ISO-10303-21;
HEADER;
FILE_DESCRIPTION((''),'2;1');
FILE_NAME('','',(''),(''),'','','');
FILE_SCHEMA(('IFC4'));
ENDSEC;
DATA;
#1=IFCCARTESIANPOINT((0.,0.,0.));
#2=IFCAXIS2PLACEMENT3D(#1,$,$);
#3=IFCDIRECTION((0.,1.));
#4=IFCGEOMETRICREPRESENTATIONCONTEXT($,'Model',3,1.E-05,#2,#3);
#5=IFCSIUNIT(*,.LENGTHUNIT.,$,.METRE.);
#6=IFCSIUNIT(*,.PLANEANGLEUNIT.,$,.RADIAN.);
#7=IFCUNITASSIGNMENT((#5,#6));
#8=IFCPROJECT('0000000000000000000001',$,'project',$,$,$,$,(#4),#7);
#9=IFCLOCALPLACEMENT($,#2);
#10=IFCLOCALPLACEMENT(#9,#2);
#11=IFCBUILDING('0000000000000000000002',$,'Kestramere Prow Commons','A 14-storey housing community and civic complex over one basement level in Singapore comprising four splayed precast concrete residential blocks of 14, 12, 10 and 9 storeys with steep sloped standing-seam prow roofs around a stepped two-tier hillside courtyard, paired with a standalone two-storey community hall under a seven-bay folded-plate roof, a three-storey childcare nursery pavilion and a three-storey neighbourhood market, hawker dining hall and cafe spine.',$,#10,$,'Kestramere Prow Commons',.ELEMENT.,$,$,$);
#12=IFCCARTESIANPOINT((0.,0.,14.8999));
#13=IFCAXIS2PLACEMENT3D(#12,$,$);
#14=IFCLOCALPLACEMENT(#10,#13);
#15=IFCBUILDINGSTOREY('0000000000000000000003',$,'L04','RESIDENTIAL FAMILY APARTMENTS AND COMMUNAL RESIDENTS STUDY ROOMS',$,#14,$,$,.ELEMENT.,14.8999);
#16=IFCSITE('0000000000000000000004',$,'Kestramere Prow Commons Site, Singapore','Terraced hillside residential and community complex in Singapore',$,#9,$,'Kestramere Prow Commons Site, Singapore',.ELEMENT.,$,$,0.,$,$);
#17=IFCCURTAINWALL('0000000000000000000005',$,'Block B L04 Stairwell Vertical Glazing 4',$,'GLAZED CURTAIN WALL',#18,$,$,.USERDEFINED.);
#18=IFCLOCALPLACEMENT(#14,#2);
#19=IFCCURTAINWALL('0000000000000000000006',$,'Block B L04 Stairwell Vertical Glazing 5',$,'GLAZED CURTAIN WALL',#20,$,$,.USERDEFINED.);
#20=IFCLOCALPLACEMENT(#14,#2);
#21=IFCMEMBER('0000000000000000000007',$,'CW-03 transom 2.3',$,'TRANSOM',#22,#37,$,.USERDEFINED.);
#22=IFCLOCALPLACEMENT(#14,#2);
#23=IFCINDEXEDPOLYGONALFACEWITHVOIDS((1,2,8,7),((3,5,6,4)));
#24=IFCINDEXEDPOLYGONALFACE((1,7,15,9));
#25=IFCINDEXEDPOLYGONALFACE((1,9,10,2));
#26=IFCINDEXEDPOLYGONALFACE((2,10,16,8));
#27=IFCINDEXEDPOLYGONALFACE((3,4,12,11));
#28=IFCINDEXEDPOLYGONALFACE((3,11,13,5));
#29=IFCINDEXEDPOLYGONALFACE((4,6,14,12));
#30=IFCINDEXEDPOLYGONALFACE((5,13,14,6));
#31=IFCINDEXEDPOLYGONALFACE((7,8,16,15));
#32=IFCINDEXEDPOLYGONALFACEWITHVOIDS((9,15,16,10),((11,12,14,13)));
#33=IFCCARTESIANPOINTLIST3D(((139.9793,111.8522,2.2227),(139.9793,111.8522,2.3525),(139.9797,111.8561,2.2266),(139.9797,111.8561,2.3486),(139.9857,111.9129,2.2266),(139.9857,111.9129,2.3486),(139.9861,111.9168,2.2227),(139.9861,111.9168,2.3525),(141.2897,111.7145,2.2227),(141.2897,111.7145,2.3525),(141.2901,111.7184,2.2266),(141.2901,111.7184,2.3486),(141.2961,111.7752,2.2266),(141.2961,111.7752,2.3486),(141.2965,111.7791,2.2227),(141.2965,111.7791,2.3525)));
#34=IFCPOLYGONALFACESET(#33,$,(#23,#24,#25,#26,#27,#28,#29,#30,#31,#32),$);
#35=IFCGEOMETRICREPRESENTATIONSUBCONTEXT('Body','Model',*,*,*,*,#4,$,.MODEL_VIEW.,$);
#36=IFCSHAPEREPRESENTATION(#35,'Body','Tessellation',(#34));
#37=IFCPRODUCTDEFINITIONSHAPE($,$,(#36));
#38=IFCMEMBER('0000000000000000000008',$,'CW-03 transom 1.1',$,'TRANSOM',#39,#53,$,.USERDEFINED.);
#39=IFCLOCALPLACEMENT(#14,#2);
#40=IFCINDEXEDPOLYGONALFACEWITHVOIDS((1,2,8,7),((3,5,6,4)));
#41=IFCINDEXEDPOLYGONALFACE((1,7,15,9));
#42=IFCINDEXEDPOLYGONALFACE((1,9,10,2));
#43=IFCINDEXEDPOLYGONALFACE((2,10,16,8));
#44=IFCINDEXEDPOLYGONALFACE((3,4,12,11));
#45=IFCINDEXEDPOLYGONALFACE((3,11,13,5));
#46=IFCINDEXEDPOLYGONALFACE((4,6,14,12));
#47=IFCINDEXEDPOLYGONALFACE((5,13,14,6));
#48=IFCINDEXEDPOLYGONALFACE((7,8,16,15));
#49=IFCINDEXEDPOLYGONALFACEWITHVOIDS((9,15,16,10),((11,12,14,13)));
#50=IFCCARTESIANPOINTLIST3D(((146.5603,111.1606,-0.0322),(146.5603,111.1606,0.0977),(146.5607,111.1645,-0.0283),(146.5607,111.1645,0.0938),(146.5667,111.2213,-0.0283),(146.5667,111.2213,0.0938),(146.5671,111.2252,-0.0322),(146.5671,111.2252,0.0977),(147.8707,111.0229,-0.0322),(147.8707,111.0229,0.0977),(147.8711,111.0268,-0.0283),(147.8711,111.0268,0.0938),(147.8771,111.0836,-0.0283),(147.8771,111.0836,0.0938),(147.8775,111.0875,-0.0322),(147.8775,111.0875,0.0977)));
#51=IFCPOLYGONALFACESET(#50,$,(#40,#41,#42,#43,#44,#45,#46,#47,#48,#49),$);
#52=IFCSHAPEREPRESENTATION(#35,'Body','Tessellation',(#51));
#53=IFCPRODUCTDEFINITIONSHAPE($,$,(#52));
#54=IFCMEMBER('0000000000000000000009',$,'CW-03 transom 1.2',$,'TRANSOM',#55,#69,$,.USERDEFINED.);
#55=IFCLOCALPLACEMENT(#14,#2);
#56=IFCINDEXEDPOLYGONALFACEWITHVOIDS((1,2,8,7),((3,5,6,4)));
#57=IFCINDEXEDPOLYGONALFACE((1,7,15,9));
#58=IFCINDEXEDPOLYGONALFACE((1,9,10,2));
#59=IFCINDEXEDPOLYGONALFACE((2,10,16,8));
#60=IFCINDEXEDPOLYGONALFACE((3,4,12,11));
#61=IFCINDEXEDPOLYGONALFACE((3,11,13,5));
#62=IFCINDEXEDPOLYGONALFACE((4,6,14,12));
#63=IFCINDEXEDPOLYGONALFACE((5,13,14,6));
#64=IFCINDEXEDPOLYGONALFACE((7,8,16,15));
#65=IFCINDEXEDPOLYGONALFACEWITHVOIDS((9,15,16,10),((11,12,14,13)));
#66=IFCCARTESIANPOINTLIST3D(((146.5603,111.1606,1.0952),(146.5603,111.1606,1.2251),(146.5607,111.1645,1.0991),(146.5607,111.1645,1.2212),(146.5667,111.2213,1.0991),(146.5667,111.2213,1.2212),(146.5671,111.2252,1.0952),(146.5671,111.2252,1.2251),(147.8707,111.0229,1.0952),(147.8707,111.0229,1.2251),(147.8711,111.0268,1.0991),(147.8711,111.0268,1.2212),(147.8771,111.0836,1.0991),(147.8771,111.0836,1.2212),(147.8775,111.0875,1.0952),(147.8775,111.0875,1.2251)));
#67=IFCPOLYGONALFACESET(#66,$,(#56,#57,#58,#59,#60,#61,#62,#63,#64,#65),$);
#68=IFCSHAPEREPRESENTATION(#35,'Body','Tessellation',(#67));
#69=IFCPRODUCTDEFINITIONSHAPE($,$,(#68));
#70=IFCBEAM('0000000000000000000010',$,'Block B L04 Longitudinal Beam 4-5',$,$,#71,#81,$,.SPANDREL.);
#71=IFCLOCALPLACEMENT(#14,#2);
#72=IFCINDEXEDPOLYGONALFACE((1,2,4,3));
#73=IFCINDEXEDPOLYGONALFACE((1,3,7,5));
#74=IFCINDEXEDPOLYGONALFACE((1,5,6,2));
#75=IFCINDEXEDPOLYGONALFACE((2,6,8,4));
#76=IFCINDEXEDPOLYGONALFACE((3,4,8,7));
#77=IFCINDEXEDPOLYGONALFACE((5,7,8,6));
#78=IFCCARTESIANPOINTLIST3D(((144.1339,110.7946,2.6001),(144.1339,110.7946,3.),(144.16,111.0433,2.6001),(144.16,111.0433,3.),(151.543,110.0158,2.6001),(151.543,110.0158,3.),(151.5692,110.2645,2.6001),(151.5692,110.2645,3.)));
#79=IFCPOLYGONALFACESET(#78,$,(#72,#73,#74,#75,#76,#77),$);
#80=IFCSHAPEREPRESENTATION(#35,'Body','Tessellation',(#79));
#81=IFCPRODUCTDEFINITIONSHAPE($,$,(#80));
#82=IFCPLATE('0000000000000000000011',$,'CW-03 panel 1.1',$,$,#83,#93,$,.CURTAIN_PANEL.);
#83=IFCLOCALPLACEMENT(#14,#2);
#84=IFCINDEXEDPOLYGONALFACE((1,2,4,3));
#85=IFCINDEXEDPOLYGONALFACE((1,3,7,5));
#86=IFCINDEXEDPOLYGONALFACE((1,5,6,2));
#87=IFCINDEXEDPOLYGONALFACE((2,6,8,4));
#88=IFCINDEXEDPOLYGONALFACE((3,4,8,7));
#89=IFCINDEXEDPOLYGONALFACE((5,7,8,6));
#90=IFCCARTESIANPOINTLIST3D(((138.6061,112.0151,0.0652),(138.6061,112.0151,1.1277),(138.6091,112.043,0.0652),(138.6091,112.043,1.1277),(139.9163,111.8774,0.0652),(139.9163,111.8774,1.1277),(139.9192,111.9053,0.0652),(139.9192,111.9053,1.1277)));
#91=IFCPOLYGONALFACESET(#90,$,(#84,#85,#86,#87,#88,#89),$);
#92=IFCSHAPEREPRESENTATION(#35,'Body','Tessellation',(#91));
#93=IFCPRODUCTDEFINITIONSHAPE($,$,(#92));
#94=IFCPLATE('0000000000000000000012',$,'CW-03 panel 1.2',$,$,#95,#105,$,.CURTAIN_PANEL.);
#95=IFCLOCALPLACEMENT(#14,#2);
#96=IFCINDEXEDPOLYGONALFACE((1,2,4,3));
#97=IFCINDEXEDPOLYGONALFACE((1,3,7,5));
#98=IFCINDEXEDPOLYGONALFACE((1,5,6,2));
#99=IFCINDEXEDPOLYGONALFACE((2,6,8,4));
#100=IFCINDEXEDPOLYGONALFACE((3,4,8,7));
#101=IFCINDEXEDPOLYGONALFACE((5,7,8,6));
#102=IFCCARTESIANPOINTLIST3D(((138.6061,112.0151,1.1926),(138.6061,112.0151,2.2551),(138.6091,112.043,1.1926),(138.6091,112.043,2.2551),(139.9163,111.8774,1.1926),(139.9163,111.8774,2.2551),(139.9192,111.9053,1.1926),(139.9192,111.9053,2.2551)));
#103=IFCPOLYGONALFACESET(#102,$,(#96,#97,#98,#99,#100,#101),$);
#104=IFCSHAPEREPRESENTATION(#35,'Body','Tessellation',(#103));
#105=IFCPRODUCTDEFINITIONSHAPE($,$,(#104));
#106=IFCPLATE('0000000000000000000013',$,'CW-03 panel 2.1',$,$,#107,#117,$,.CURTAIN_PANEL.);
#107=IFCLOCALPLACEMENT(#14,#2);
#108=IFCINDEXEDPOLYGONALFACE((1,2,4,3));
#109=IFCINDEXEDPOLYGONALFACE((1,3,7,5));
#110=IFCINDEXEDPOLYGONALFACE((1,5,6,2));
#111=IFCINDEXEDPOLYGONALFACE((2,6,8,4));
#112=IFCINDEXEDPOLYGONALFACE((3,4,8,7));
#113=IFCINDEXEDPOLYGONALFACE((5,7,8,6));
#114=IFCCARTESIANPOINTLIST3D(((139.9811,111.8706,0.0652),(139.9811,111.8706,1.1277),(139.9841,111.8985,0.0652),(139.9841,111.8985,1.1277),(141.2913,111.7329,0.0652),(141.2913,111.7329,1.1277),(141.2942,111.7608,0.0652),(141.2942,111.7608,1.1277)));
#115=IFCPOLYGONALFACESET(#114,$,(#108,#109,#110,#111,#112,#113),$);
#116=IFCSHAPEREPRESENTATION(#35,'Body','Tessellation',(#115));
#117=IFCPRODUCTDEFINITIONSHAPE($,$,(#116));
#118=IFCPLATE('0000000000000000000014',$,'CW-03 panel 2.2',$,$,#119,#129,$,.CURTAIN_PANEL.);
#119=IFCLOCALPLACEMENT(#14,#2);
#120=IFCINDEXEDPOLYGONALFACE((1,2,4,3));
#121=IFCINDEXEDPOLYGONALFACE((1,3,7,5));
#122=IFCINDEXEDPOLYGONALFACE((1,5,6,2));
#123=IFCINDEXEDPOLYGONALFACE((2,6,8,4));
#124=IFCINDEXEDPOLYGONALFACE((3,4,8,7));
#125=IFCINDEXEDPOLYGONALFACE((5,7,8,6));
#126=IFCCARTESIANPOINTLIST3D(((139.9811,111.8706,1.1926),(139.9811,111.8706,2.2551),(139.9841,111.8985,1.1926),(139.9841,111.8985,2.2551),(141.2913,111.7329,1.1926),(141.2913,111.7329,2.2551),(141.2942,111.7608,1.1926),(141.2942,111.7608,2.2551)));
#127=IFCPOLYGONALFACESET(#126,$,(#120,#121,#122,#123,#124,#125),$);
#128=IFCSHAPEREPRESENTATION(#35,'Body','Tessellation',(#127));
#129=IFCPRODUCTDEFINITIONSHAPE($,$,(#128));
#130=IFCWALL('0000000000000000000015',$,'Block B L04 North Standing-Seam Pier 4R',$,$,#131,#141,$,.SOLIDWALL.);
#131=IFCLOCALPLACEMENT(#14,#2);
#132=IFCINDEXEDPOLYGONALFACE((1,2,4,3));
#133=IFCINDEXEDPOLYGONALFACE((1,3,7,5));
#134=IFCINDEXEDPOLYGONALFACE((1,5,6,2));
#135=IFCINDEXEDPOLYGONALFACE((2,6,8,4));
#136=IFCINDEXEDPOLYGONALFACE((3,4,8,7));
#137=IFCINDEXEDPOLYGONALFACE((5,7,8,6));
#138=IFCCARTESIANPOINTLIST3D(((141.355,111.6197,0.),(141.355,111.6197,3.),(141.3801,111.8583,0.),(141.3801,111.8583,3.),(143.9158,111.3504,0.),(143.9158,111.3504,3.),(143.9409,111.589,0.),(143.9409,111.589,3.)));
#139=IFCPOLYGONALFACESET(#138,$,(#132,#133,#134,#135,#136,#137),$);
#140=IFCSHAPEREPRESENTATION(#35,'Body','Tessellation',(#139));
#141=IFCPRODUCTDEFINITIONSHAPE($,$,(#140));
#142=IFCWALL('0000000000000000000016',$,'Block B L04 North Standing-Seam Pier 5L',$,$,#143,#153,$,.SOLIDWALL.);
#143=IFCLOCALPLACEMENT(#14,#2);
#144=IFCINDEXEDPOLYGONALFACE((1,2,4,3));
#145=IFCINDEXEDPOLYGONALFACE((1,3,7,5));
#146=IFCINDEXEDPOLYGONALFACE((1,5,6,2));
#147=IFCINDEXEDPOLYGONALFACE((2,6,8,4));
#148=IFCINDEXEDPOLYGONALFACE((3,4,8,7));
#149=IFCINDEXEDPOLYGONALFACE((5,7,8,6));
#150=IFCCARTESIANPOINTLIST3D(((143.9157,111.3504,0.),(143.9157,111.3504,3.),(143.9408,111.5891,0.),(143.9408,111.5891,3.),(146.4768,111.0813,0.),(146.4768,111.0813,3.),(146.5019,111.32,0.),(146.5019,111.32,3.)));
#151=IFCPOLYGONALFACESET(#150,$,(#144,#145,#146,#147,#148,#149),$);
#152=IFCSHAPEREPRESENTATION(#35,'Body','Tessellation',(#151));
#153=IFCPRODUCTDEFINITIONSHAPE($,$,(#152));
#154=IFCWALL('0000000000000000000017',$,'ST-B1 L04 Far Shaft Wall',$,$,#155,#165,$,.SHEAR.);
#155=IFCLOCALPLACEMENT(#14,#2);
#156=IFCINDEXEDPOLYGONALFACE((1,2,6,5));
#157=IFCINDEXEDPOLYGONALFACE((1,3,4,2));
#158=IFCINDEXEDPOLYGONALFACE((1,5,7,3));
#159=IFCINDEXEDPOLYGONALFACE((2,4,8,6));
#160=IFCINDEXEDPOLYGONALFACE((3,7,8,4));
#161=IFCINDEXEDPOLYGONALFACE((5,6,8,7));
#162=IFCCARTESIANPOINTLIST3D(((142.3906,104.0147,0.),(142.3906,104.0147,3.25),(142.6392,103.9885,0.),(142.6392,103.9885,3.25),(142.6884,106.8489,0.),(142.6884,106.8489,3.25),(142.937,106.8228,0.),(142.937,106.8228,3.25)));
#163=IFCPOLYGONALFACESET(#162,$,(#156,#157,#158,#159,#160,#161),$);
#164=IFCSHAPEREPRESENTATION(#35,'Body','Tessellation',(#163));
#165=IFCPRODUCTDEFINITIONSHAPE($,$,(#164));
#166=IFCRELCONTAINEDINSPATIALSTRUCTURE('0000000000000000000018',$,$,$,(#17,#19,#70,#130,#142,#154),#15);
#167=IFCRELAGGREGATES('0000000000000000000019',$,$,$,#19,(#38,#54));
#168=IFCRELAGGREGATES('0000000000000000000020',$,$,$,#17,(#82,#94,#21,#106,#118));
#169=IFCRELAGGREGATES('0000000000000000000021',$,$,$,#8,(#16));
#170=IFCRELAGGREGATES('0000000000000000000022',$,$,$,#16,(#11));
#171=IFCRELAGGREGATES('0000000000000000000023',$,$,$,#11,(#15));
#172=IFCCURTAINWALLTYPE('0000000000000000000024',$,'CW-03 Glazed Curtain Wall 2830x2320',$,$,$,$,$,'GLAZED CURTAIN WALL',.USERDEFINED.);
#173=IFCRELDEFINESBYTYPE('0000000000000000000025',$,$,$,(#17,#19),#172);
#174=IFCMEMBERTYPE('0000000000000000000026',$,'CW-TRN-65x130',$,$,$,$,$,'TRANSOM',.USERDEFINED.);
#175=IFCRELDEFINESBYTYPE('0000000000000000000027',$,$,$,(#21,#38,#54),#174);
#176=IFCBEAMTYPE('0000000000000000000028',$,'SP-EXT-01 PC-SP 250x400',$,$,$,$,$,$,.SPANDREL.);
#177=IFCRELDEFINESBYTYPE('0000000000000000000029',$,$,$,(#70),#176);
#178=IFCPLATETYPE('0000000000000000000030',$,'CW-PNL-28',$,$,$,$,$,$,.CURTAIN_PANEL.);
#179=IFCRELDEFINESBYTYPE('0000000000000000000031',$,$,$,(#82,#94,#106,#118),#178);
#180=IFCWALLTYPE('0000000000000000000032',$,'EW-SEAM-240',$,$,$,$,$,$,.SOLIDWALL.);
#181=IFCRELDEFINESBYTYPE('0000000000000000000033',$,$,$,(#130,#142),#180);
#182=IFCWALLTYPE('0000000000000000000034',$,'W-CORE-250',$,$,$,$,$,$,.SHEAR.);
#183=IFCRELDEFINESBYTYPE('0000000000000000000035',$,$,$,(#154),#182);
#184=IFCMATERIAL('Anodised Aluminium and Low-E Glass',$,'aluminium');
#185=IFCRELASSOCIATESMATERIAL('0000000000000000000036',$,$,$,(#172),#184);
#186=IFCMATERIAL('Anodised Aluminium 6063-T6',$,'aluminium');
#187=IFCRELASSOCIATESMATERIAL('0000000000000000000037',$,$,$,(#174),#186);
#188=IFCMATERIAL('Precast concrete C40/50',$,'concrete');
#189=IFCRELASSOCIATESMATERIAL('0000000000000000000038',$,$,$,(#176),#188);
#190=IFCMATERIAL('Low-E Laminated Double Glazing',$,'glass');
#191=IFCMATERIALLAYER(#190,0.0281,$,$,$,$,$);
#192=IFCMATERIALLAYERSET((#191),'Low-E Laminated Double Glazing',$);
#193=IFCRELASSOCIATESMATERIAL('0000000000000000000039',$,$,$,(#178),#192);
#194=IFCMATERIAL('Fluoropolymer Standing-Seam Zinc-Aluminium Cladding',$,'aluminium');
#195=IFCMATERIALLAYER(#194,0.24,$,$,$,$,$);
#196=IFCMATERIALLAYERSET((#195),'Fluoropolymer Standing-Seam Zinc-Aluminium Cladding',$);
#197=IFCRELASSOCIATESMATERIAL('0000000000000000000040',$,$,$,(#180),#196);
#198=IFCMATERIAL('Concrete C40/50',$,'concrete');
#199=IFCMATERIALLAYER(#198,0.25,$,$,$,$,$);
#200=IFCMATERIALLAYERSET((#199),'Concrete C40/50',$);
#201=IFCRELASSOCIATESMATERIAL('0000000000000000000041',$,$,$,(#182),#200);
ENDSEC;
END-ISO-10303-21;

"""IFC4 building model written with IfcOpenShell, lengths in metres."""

from ifc_helpers import new_model, si_unit, direction, frame, frame_2d, origin, origin_2d, place, context, subcontext, project, spatial, rectangle, hollow_rectangle, extrude, material, layer, layer_set, material_profile, profile_set, type_object, element, aggregate, save


model = new_model("IFC4")

# Units and contexts
model_context = context("Model", 3, precision=1e-05, world=origin(), true_north=direction((0.0, 1.0)))
body_context = subcontext(model_context, "Body", "Model", "MODEL_VIEW")
ifc_project = project(units=[si_unit("LENGTHUNIT", "METRE"), si_unit("PLANEANGLEUNIT", "RADIAN")], contexts=[model_context])

# Site, building, storey
site_placement = place(None, origin())
site = spatial("IfcSite", under=ifc_project, at=site_placement, Name="Kestramere Prow Commons Site, Singapore", Description="Terraced hillside residential and community complex in Singapore", LongName="Kestramere Prow Commons Site, Singapore", CompositionType="ELEMENT", RefElevation=0.0)
building_placement = place(site_placement, origin())
building = spatial("IfcBuilding", under=site, at=building_placement, Name="Kestramere Prow Commons", Description="A 14-storey housing community and civic complex over one basement level in Singapore comprising four splayed precast concrete residential blocks of 14, 12, 10 and 9 storeys with steep sloped standing-seam prow roofs around a stepped two-tier hillside courtyard, paired with a standalone two-storey community hall under a seven-bay folded-plate roof, a three-storey childcare nursery pavilion and a three-storey neighbourhood market, hawker dining hall and cafe spine.", LongName="Kestramere Prow Commons", CompositionType="ELEMENT")
storey_placement = place(building_placement, frame((0.0, 0.0, 14.8999)))
storey = spatial("IfcBuildingStorey", under=building, at=storey_placement, Name="L04", Description="RESIDENTIAL FAMILY APARTMENTS AND COMMUNAL RESIDENTS STUDY ROOMS", CompositionType="ELEMENT", Elevation=14.8999)

# Shared definitions
ifc_material_1 = material(Name="Precast concrete C40/50", Category="concrete")

# Shared definitions
ifc_material_2 = material(Name="Concrete C40/50", Category="concrete")

# Curtain wall
ifc_material_3 = material(Name="Anodised Aluminium and Low-E Glass", Category="aluminium")
curtain_wall_type = type_object("IfcCurtainWallType", Name="CW-03 Glazed Curtain Wall 2830x2320", ElementType="GLAZED CURTAIN WALL", PredefinedType="USERDEFINED", material=ifc_material_3)
curtain_wall_1_placement = place(storey_placement, origin())
curtain_wall_1 = element("IfcCurtainWall", 1, at=curtain_wall_1_placement, inside=storey, type_object=curtain_wall_type, Name="Block B L04 Stairwell Vertical Glazing 4", ObjectType="GLAZED CURTAIN WALL", PredefinedType="USERDEFINED")
ifc_material_4 = material(Name="Anodised Aluminium 6063-T6", Category="aluminium")

# Curtain wall
curtain_wall_2_placement = place(storey_placement, origin())
curtain_wall_2 = element("IfcCurtainWall", 2, at=curtain_wall_2_placement, inside=storey, type_object=curtain_wall_type, Name="Block B L04 Stairwell Vertical Glazing 5", ObjectType="GLAZED CURTAIN WALL", PredefinedType="USERDEFINED")

# Members
ifc_material_profile_1 = material_profile(ifc_material_4, hollow_rectangle(XDim=0.0649, YDim=0.1299, WallThickness=0.0039, at=origin_2d()), Name="ALU-TRN 65x130")
ifc_profile_set_1 = profile_set([ifc_material_profile_1], Name="Anodised Aluminium 6063-T6")
member_type_1 = type_object("IfcMemberType", Name="CW-TRN-65x130", ElementType="TRANSOM", PredefinedType="USERDEFINED", material=ifc_profile_set_1)
member_1_placement = place(storey_placement, frame((139.9827, 111.8845, 2.2876), z_axis=(0.994524, -0.104511, 0.0), x_axis=(0.104511, 0.994524, 0.0)))
member_1 = element("IfcMember", 3, at=member_1_placement, type_object=member_type_1, Name="CW-03 transom 2.3", ObjectType="TRANSOM", PredefinedType="USERDEFINED", context=body_context, shape_type="SweptSolid", body=[
    extrude(hollow_rectangle(XDim=0.0649, YDim=0.1299, WallThickness=0.0039, at=origin_2d()), origin(), (0.0, 0.0, 1.0), 1.3176),
])
member_2_placement = place(storey_placement, frame((146.5637, 111.1929, 0.0327), z_axis=(0.994524, -0.104511, 0.0), x_axis=(0.104511, 0.994524, 0.0)))
member_2 = element("IfcMember", 4, at=member_2_placement, type_object=member_type_1, Name="CW-03 transom 1.1", ObjectType="TRANSOM", PredefinedType="USERDEFINED", context=body_context, shape_type="SweptSolid", body=[
    extrude(hollow_rectangle(XDim=0.0649, YDim=0.1299, WallThickness=0.0039, at=origin_2d()), origin(), (0.0, 0.0, 1.0), 1.3176),
])
member_3_placement = place(storey_placement, frame((146.5637, 111.1929, 1.1602), z_axis=(0.994524, -0.104511, 0.0), x_axis=(0.104511, 0.994524, 0.0)))
member_3 = element("IfcMember", 5, at=member_3_placement, type_object=member_type_1, Name="CW-03 transom 1.2", ObjectType="TRANSOM", PredefinedType="USERDEFINED", context=body_context, shape_type="SweptSolid", body=[
    extrude(hollow_rectangle(XDim=0.0649, YDim=0.1299, WallThickness=0.0039, at=origin_2d()), origin(), (0.0, 0.0, 1.0), 1.3176),
])
aggregate(curtain_wall_2, [member_2, member_3])

# Beam
ifc_material_profile_2 = material_profile(ifc_material_1, rectangle(XDim=0.25, YDim=0.3999, at=origin_2d()), Name="PC-SP 250x400")
ifc_profile_set_2 = profile_set([ifc_material_profile_2], Name="Precast concrete C40/50")
beam_type_1 = type_object("IfcBeamType", Name="SP-EXT-01 PC-SP 250x400", PredefinedType="SPANDREL", material=ifc_profile_set_2)
beam_1_placement = place(storey_placement, frame((144.147, 110.9189, 2.8), z_axis=(0.994521, -0.104538, 0.0), x_axis=(0.104538, 0.994521, 0.0)))
element("IfcBeam", 6, at=beam_1_placement, inside=storey, type_object=beam_type_1, Name="Block B L04 Longitudinal Beam 4-5", PredefinedType="SPANDREL", context=body_context, shape_type="SweptSolid", body=[
    extrude(rectangle(XDim=0.25, YDim=0.3999, at=origin_2d()), origin(), (0.0, 0.0, 1.0), 7.45),
])

# Plates
ifc_material_5 = material(Name="Low-E Laminated Double Glazing", Category="glass")
ifc_layer_1 = layer(ifc_material_5, 0.0281)
ifc_layer_set_1 = layer_set([ifc_layer_1], Name="Low-E Laminated Double Glazing")
plate_type = type_object("IfcPlateType", Name="CW-PNL-28", PredefinedType="CURTAIN_PANEL", material=ifc_layer_set_1)
plate_1_placement = place(storey_placement, frame((139.2627, 111.9602, 0.0652), z_axis=(0.0, 0.0, 1.0), x_axis=(0.994522, -0.104529, 0.0)))
plate_1 = element("IfcPlate", 7, at=plate_1_placement, type_object=plate_type, Name="CW-03 panel 1.1", PredefinedType="CURTAIN_PANEL", context=body_context, shape_type="SweptSolid", body=[
    extrude(rectangle(XDim=1.3174, YDim=0.0281, at=origin_2d()), origin(), (0.0, 0.0, 1.0), 1.0625),
])
plate_2_placement = place(storey_placement, frame((139.2627, 111.9602, 1.1926), z_axis=(0.0, 0.0, 1.0), x_axis=(0.994522, -0.104529, 0.0)))
plate_2 = element("IfcPlate", 8, at=plate_2_placement, type_object=plate_type, Name="CW-03 panel 1.2", PredefinedType="CURTAIN_PANEL", context=body_context, shape_type="SweptSolid", body=[
    extrude(rectangle(XDim=1.3174, YDim=0.0281, at=origin_2d()), origin(), (0.0, 0.0, 1.0), 1.0625),
])
plate_3_placement = place(storey_placement, frame((140.6377, 111.8157, 0.0652), z_axis=(0.0, 0.0, 1.0), x_axis=(0.994522, -0.104529, 0.0)))
plate_3 = element("IfcPlate", 9, at=plate_3_placement, type_object=plate_type, Name="CW-03 panel 2.1", PredefinedType="CURTAIN_PANEL", context=body_context, shape_type="SweptSolid", body=[
    extrude(rectangle(XDim=1.3174, YDim=0.0281, at=origin_2d()), origin(), (0.0, 0.0, 1.0), 1.0625),
])
plate_4_placement = place(storey_placement, frame((140.6377, 111.8157, 1.1926), z_axis=(0.0, 0.0, 1.0), x_axis=(0.994522, -0.104529, 0.0)))
plate_4 = element("IfcPlate", 10, at=plate_4_placement, type_object=plate_type, Name="CW-03 panel 2.2", PredefinedType="CURTAIN_PANEL", context=body_context, shape_type="SweptSolid", body=[
    extrude(rectangle(XDim=1.3174, YDim=0.0281, at=origin_2d()), origin(), (0.0, 0.0, 1.0), 1.0625),
])
aggregate(curtain_wall_1, [plate_1, plate_2, member_1, plate_3, plate_4])

# Walls
ifc_material_6 = material(Name="Fluoropolymer Standing-Seam Zinc-Aluminium Cladding", Category="aluminium")
ifc_layer_2 = layer(ifc_material_6, 0.24)
ifc_layer_set_2 = layer_set([ifc_layer_2], Name="Fluoropolymer Standing-Seam Zinc-Aluminium Cladding")
wall_type_1 = type_object("IfcWallType", Name="EW-SEAM-240", PredefinedType="SOLIDWALL", material=ifc_layer_set_2)
wall_1_placement = place(storey_placement, frame((141.3674, 111.739, 0.0), z_axis=(0.0, 0.0, 1.0), x_axis=(0.994516, -0.104581, 0.0)))
element("IfcWall", 11, at=wall_1_placement, inside=storey, type_object=wall_type_1, Name="Block B L04 North Standing-Seam Pier 4R", PredefinedType="SOLIDWALL", context=body_context, shape_type="SweptSolid", body=[
    extrude(rectangle(XDim=2.575, YDim=0.24, at=frame_2d((1.2876, 0.0))), origin(), (0.0, 0.0, 1.0), 3.0),
])
wall_2_placement = place(storey_placement, frame((143.9282, 111.4697, 0.0), z_axis=(0.0, 0.0, 1.0), x_axis=(0.994527, -0.104478, 0.0)))
element("IfcWall", 12, at=wall_2_placement, inside=storey, type_object=wall_type_1, Name="Block B L04 North Standing-Seam Pier 5L", PredefinedType="SOLIDWALL", context=body_context, shape_type="SweptSolid", body=[
    extrude(rectangle(XDim=2.5752, YDim=0.24, at=frame_2d((1.2876, 0.0))), origin(), (0.0, 0.0, 1.0), 3.0),
])
ifc_layer_3 = layer(ifc_material_2, 0.25)
ifc_layer_set_3 = layer_set([ifc_layer_3], Name="Concrete C40/50")
wall_type_2 = type_object("IfcWallType", Name="W-CORE-250", PredefinedType="SHEAR", material=ifc_layer_set_3)
wall_3_placement = place(storey_placement, frame((142.5149, 104.0017, 0.0), z_axis=(0.0, 0.0, 1.0), x_axis=(0.104515, 0.994523, 0.0)))
element("IfcWall", 13, at=wall_3_placement, inside=storey, type_object=wall_type_2, Name="ST-B1 L04 Far Shaft Wall", PredefinedType="SHEAR", context=body_context, shape_type="SweptSolid", body=[
    extrude(rectangle(XDim=2.8499, YDim=0.25, at=frame_2d((1.4248, 0.0))), origin(), (0.0, 0.0, 1.0), 3.25),
])

save(model, "model.ifc")
